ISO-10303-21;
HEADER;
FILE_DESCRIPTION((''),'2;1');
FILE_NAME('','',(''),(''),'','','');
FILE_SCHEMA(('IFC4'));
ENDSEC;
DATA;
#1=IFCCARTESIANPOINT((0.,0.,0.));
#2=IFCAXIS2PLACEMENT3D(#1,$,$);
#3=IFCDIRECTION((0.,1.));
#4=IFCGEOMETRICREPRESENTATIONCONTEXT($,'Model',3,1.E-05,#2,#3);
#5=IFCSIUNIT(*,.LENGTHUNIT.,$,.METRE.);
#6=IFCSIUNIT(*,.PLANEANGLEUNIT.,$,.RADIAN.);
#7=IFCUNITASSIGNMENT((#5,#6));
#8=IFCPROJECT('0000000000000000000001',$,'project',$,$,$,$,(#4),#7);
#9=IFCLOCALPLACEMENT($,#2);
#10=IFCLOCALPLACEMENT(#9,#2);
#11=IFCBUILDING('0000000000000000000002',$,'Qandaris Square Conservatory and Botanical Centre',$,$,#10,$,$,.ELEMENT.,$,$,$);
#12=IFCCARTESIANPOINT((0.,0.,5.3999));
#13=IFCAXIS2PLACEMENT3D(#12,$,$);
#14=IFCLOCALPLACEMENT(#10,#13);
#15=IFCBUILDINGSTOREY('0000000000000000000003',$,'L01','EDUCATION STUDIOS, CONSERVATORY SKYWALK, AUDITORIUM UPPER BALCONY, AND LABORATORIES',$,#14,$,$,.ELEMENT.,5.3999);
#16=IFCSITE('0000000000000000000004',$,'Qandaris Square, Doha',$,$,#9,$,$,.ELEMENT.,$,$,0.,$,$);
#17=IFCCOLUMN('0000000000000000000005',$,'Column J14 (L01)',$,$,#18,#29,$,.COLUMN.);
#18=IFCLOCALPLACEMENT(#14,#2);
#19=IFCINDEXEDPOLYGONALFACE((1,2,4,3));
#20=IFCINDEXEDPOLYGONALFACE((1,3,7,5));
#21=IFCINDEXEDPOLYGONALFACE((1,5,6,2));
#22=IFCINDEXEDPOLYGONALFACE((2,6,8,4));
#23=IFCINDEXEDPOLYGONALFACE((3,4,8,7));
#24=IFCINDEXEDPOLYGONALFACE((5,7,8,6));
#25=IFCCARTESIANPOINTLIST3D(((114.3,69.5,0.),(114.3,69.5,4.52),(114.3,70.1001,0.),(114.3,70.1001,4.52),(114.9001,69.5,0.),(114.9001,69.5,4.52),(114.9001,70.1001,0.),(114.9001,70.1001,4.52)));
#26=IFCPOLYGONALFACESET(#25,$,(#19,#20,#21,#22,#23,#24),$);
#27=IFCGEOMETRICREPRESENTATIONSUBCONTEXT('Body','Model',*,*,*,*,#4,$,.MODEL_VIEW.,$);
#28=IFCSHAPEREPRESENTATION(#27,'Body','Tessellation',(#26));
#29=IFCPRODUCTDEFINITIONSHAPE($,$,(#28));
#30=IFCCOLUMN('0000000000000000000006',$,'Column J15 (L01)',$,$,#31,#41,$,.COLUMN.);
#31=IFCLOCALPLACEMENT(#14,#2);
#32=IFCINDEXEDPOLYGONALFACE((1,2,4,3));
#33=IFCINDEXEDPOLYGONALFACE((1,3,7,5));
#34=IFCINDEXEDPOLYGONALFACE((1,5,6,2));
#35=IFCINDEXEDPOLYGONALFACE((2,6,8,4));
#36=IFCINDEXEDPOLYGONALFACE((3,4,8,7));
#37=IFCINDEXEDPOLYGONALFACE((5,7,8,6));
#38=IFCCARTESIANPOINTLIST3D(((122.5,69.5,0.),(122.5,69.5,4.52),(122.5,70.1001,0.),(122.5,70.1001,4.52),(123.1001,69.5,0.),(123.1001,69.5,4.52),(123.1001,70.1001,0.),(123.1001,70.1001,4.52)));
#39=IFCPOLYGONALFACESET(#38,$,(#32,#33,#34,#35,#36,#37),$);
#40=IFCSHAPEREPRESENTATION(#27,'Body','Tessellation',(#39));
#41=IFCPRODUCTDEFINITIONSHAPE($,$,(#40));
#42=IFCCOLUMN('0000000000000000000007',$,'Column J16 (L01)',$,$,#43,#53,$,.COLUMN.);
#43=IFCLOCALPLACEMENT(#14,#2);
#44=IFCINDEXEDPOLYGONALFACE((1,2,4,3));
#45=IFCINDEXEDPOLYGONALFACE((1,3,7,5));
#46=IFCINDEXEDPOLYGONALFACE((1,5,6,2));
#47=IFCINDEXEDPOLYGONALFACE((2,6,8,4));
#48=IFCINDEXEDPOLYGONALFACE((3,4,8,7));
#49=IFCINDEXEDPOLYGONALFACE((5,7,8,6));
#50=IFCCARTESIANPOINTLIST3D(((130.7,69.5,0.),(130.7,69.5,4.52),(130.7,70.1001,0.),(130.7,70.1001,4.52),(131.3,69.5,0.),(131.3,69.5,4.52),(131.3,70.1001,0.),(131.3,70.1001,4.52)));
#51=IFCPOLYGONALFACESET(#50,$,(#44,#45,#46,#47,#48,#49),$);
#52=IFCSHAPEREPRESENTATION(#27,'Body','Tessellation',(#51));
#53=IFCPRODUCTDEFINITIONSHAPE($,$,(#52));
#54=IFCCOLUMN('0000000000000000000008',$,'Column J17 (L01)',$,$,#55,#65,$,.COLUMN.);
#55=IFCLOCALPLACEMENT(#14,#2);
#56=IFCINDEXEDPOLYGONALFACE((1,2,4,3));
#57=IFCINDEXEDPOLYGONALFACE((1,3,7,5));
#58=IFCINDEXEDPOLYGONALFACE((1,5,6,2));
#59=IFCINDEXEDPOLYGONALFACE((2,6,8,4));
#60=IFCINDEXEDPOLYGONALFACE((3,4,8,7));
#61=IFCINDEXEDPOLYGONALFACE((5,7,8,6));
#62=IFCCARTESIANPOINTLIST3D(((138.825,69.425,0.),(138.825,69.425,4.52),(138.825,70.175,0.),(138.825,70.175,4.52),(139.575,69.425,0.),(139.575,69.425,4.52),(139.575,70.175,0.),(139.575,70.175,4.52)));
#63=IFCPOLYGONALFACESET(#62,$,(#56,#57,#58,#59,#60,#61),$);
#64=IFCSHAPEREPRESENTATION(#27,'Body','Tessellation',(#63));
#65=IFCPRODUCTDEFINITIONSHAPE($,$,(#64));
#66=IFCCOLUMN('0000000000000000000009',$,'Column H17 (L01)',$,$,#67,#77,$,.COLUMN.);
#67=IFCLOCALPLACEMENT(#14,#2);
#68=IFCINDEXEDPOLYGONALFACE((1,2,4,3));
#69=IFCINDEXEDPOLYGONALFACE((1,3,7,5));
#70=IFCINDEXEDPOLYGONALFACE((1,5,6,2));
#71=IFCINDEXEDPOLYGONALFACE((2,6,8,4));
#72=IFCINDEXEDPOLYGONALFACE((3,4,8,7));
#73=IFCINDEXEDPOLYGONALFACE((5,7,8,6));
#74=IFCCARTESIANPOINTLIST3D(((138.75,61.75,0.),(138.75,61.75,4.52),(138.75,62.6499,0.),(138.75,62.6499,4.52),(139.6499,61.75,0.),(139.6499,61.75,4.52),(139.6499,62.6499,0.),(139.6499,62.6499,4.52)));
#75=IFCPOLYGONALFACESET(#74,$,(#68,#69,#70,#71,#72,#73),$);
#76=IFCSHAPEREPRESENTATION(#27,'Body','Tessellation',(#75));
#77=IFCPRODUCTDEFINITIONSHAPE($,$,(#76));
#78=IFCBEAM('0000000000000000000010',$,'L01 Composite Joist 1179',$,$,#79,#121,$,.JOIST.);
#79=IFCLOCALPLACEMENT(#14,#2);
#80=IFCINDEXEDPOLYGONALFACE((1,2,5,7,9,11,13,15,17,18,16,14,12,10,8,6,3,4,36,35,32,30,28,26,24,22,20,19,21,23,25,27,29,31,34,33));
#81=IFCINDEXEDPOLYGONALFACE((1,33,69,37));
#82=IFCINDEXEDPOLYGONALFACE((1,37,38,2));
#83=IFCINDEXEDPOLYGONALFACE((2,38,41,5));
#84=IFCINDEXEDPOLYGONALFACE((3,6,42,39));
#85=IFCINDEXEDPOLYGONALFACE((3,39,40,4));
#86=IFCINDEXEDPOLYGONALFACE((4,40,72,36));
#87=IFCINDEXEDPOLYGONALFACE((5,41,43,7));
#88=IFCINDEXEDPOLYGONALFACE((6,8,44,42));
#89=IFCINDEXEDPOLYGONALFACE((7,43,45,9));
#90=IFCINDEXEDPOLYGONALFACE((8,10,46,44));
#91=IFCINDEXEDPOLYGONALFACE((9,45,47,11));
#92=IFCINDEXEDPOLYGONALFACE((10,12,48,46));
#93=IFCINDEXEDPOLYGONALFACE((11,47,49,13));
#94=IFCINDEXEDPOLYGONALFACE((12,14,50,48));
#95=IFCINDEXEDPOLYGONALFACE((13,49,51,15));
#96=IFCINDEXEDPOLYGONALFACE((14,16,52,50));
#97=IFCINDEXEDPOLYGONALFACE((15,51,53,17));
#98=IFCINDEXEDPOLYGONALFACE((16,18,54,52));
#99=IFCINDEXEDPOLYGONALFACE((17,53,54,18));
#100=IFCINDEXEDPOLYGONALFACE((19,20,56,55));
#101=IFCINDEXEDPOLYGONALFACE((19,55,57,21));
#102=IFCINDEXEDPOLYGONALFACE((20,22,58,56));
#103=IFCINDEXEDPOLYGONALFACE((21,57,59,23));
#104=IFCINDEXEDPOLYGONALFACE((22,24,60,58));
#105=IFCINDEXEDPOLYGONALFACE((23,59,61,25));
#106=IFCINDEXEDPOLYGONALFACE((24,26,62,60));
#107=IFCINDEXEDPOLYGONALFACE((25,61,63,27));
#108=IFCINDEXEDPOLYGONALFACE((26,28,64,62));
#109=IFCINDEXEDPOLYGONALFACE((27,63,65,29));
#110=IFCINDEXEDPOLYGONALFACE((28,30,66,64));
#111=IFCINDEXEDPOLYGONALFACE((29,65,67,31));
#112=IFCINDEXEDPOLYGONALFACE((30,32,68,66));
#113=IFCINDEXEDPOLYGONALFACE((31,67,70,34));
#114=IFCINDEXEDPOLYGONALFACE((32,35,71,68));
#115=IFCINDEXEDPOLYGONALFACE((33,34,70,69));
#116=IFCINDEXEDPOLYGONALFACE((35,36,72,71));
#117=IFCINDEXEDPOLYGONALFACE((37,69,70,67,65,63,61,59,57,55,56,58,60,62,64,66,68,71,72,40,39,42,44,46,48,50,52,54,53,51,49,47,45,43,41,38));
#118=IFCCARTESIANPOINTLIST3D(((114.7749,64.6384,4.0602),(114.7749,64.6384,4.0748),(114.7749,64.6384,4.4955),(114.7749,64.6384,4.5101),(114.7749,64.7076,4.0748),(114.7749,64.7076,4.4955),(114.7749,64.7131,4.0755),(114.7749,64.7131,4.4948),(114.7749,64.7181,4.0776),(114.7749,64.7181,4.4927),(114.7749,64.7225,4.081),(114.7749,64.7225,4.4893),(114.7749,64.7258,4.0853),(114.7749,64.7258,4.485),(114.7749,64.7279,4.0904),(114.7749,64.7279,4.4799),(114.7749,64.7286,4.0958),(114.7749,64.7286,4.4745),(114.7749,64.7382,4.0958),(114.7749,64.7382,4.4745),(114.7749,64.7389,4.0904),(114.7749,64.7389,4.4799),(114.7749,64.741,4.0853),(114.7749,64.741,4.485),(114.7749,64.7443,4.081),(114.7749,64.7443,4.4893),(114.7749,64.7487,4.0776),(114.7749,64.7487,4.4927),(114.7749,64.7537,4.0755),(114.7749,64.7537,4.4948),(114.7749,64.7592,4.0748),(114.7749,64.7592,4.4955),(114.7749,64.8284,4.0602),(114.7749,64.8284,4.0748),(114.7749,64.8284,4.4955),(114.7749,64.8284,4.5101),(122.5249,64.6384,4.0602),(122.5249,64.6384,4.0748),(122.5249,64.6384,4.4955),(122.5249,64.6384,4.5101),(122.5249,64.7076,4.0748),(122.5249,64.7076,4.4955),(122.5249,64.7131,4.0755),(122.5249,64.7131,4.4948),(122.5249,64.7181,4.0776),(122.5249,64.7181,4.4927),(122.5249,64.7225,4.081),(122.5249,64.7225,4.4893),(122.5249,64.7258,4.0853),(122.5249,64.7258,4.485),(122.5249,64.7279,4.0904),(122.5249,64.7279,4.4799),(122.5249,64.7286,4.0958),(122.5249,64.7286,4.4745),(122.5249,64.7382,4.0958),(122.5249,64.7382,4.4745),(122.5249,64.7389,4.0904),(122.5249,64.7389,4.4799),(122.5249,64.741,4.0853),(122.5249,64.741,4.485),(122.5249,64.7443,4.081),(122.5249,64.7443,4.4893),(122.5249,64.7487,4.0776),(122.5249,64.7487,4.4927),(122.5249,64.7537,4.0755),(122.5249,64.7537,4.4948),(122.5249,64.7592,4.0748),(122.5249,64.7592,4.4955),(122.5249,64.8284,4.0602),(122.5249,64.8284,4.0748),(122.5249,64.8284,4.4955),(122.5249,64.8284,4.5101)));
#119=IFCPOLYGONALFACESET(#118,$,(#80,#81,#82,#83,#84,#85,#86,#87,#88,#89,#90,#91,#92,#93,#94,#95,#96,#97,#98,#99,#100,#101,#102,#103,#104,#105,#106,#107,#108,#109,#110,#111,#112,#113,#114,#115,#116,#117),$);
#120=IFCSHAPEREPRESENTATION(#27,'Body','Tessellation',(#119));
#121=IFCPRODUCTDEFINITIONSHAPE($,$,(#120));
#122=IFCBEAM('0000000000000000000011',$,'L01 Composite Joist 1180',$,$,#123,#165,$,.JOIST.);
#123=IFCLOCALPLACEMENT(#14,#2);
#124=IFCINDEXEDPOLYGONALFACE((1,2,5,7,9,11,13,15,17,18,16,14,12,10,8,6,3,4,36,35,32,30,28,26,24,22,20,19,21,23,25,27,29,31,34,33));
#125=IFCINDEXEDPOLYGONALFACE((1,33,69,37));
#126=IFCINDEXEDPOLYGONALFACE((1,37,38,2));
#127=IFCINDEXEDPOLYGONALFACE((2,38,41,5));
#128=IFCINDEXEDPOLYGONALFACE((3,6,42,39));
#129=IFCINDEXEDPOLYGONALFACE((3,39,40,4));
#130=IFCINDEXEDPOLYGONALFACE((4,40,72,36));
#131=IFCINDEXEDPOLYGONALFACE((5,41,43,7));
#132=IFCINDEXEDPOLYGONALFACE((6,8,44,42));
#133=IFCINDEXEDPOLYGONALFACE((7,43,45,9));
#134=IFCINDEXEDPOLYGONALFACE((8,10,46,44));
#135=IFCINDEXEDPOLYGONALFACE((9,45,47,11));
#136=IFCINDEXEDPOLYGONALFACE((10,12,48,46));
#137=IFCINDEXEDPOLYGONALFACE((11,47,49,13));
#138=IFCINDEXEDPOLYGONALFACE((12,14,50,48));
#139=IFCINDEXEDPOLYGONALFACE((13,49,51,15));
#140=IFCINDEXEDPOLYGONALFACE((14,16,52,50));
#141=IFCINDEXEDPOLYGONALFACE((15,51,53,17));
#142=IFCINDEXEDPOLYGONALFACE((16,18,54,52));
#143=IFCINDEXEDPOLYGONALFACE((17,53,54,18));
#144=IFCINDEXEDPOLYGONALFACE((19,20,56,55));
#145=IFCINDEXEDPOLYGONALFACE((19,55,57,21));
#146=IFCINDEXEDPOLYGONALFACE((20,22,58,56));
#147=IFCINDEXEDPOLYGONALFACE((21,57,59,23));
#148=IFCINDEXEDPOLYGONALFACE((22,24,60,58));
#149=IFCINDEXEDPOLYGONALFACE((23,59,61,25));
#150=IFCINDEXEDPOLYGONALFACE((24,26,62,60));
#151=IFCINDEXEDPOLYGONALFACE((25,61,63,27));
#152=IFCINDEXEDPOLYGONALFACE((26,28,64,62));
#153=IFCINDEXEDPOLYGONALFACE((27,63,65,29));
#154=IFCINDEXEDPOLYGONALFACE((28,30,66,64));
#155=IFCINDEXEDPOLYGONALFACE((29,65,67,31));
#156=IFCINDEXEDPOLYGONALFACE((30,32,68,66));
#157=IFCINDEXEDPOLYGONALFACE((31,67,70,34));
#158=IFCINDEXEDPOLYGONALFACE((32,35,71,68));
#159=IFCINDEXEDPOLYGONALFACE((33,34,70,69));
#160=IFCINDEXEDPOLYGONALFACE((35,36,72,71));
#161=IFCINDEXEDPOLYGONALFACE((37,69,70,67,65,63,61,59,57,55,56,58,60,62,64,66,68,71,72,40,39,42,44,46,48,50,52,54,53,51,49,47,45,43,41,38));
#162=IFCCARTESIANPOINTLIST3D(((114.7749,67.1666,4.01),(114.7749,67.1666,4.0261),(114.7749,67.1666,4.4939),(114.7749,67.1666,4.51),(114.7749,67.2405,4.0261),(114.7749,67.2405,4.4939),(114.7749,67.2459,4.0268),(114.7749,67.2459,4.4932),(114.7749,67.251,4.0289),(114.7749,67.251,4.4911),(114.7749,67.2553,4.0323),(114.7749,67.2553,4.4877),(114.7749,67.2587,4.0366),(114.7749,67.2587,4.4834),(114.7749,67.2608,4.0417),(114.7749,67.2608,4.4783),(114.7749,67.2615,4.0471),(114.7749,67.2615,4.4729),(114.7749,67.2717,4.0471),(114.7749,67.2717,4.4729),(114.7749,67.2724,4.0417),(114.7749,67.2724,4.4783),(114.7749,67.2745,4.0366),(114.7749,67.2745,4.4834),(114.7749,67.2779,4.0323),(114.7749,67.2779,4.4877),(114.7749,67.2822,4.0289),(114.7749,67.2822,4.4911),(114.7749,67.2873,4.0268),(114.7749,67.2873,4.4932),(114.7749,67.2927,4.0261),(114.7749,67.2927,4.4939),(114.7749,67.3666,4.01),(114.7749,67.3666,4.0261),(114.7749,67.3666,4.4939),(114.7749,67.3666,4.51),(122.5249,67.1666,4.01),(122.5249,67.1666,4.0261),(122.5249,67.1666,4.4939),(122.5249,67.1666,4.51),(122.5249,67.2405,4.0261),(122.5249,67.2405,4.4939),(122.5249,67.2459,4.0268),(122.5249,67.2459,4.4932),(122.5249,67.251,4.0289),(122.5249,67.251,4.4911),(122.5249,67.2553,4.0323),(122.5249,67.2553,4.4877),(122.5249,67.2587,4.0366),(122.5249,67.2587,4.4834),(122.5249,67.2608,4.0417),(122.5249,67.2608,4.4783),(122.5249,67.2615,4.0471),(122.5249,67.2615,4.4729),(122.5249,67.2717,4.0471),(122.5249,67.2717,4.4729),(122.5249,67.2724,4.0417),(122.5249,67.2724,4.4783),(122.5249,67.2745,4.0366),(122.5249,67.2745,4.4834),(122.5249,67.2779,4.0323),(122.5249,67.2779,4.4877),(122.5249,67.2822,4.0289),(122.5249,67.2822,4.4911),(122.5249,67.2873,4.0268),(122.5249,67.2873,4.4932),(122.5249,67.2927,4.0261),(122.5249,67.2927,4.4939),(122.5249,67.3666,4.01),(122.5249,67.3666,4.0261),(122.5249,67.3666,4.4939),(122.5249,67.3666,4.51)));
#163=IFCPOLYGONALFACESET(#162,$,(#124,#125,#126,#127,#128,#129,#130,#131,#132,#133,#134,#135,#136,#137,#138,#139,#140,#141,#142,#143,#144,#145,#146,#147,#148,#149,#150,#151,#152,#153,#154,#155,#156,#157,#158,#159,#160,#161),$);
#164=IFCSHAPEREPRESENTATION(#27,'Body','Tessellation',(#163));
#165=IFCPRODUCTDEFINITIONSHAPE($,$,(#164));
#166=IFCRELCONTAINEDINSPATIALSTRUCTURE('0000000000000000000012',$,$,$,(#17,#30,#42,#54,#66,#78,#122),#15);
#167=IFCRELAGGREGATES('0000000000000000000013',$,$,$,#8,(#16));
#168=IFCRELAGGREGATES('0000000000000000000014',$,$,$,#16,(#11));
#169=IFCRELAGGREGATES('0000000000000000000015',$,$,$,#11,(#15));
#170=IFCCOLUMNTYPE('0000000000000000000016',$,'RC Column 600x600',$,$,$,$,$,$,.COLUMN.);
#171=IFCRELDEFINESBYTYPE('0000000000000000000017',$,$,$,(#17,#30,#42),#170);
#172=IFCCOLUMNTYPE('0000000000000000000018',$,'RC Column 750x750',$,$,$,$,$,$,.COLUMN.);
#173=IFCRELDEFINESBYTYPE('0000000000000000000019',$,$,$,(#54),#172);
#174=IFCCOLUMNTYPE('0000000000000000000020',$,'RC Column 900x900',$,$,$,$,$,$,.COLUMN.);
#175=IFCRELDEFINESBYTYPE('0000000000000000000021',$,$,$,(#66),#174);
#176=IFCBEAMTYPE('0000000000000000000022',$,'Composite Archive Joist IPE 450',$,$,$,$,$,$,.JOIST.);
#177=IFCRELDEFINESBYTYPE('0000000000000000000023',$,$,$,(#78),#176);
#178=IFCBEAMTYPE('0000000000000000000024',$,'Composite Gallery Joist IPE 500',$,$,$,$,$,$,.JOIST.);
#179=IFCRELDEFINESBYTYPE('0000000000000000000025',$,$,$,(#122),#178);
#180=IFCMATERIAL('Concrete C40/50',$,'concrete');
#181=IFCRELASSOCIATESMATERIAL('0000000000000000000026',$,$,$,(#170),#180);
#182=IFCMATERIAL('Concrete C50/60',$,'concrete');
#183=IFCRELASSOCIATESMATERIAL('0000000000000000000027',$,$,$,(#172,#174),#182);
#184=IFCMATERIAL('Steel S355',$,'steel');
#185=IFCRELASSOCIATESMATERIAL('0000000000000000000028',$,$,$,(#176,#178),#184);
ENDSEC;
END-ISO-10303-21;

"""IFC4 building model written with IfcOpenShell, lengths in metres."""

from ifc_helpers import new_model, si_unit, direction, frame, origin, origin_2d, place, context, subcontext, project, spatial, rectangle, i_section, extrude, material, material_profile, profile_set, type_object, element, save


model = new_model("IFC4")

# Units and contexts
model_context = context("Model", 3, precision=1e-05, world=origin(), true_north=direction((0.0, 1.0)))
body_context = subcontext(model_context, "Body", "Model", "MODEL_VIEW")
ifc_project = project(units=[si_unit("LENGTHUNIT", "METRE"), si_unit("PLANEANGLEUNIT", "RADIAN")], contexts=[model_context])

# Site, building, storey
site_placement = place(None, origin())
site = spatial("IfcSite", under=ifc_project, at=site_placement, Name="Qandaris Square, Doha", CompositionType="ELEMENT", RefElevation=0.0)
building_placement = place(site_placement, origin())
building = spatial("IfcBuilding", under=site, at=building_placement, Name="Qandaris Square Conservatory and Botanical Centre", CompositionType="ELEMENT")
storey_placement = place(building_placement, frame((0.0, 0.0, 5.3999)))
storey = spatial("IfcBuildingStorey", under=building, at=storey_placement, Name="L01", Description="EDUCATION STUDIOS, CONSERVATORY SKYWALK, AUDITORIUM UPPER BALCONY, AND LABORATORIES", CompositionType="ELEMENT", Elevation=5.3999)

# Columns
ifc_material_1 = material(Name="Concrete C40/50", Category="concrete")
ifc_material_profile_1 = material_profile(ifc_material_1, rectangle(XDim=0.6001, YDim=0.6001, at=origin_2d()), Name="RC-COL 600x600")
ifc_profile_set_1 = profile_set([ifc_material_profile_1], Name="Concrete C40/50")
column_type_1 = type_object("IfcColumnType", Name="RC Column 600x600", PredefinedType="COLUMN", material=ifc_profile_set_1)
for number, where, z_axis, x_axis, name in (
    (1, (114.6001, 69.8, 0.0), (0.0, 0.0, 1.0), (1.0, 0.0, 0.0), "Column J14 (L01)"),
    (2, (122.8, 69.8, 0.0), (0.0, 0.0, 1.0), (1.0, 0.0, 0.0), "Column J15 (L01)"),
    (3, (131.0, 69.8, 0.0), (0.0, 0.0, 1.0), (1.0, 0.0, 0.0), "Column J16 (L01)"),
):
    element("IfcColumn", number, at=place(storey_placement, frame(where, z_axis=z_axis, x_axis=x_axis)), inside=storey, type_object=column_type_1, Name=name, PredefinedType="COLUMN", context=body_context, shape_type="SweptSolid", body=[
        extrude(rectangle(XDim=0.6001, YDim=0.6001, at=origin_2d()), origin(), (0.0, 0.0, 1.0), 4.52),
    ])
ifc_material_2 = material(Name="Concrete C50/60", Category="concrete")
ifc_material_profile_2 = material_profile(ifc_material_2, rectangle(XDim=0.75, YDim=0.75, at=origin_2d()), Name="RC-COL 750x750")
ifc_profile_set_2 = profile_set([ifc_material_profile_2], Name="Concrete C50/60")
column_type_2 = type_object("IfcColumnType", Name="RC Column 750x750", PredefinedType="COLUMN", material=ifc_profile_set_2)
column_1_placement = place(storey_placement, frame((139.2, 69.8, 0.0), z_axis=(0.0, 0.0, 1.0), x_axis=(1.0, 0.0, 0.0)))
element("IfcColumn", 4, at=column_1_placement, inside=storey, type_object=column_type_2, Name="Column J17 (L01)", PredefinedType="COLUMN", context=body_context, shape_type="SweptSolid", body=[
    extrude(rectangle(XDim=0.75, YDim=0.75, at=origin_2d()), origin(), (0.0, 0.0, 1.0), 4.52),
])
ifc_material_profile_3 = material_profile(ifc_material_2, rectangle(XDim=0.8999, YDim=0.8999, at=origin_2d()), Name="RC-COL 900x900")
ifc_profile_set_3 = profile_set([ifc_material_profile_3], Name="Concrete C50/60")
column_type_3 = type_object("IfcColumnType", Name="RC Column 900x900", PredefinedType="COLUMN", material=ifc_profile_set_3)
column_2_placement = place(storey_placement, frame((139.2, 62.2, 0.0), z_axis=(0.0, 0.0, 1.0), x_axis=(1.0, 0.0, 0.0)))
element("IfcColumn", 5, at=column_2_placement, inside=storey, type_object=column_type_3, Name="Column H17 (L01)", PredefinedType="COLUMN", context=body_context, shape_type="SweptSolid", body=[
    extrude(rectangle(XDim=0.8999, YDim=0.8999, at=origin_2d()), origin(), (0.0, 0.0, 1.0), 4.52),
])

# Beams
ifc_material_3 = material(Name="Steel S355", Category="steel")
ifc_material_profile_4 = material_profile(ifc_material_3, i_section(OverallWidth=0.1899, OverallDepth=0.45, WebThickness=0.0095, FlangeThickness=0.0146, FilletRadius=0.021, at=origin_2d()), Name="IPE 450")
ifc_profile_set_4 = profile_set([ifc_material_profile_4], Name="Steel S355")
beam_type_1 = type_object("IfcBeamType", Name="Composite Archive Joist IPE 450", PredefinedType="JOIST", material=ifc_profile_set_4)
beam_1_placement = place(storey_placement, frame((114.7749, 64.7334, 4.2852), z_axis=(1.0, 0.0, 0.0), x_axis=(0.0, 1.0, 0.0)))
element("IfcBeam", 6, at=beam_1_placement, inside=storey, type_object=beam_type_1, Name="L01 Composite Joist 1179", PredefinedType="JOIST", context=body_context, shape_type="SweptSolid", body=[
    extrude(i_section(OverallWidth=0.1899, OverallDepth=0.45, WebThickness=0.0095, FlangeThickness=0.0146, FilletRadius=0.021, at=origin_2d()), origin(), (0.0, 0.0, 1.0), 7.75),
])
ifc_material_profile_5 = material_profile(ifc_material_3, i_section(OverallWidth=0.2, OverallDepth=0.5, WebThickness=0.0103, FlangeThickness=0.0161, FilletRadius=0.021, at=origin_2d()), Name="IPE 500")
ifc_profile_set_5 = profile_set([ifc_material_profile_5], Name="Steel S355")
beam_type_2 = type_object("IfcBeamType", Name="Composite Gallery Joist IPE 500", PredefinedType="JOIST", material=ifc_profile_set_5)
for number, where, z_axis, x_axis, name in (
    (7, (114.7749, 67.2666, 4.26), (1.0, 0.0, 0.0), (0.0, 1.0, 0.0), "L01 Composite Joist 1180"),
):
    element("IfcBeam", number, at=place(storey_placement, frame(where, z_axis=z_axis, x_axis=x_axis)), inside=storey, type_object=beam_type_2, Name=name, PredefinedType="JOIST", context=body_context, shape_type="SweptSolid", body=[
        extrude(i_section(OverallWidth=0.2, OverallDepth=0.5, WebThickness=0.0103, FlangeThickness=0.0161, FilletRadius=0.021, at=origin_2d()), origin(), (0.0, 0.0, 1.0), 7.75),
    ])

save(model, "model.ifc")
